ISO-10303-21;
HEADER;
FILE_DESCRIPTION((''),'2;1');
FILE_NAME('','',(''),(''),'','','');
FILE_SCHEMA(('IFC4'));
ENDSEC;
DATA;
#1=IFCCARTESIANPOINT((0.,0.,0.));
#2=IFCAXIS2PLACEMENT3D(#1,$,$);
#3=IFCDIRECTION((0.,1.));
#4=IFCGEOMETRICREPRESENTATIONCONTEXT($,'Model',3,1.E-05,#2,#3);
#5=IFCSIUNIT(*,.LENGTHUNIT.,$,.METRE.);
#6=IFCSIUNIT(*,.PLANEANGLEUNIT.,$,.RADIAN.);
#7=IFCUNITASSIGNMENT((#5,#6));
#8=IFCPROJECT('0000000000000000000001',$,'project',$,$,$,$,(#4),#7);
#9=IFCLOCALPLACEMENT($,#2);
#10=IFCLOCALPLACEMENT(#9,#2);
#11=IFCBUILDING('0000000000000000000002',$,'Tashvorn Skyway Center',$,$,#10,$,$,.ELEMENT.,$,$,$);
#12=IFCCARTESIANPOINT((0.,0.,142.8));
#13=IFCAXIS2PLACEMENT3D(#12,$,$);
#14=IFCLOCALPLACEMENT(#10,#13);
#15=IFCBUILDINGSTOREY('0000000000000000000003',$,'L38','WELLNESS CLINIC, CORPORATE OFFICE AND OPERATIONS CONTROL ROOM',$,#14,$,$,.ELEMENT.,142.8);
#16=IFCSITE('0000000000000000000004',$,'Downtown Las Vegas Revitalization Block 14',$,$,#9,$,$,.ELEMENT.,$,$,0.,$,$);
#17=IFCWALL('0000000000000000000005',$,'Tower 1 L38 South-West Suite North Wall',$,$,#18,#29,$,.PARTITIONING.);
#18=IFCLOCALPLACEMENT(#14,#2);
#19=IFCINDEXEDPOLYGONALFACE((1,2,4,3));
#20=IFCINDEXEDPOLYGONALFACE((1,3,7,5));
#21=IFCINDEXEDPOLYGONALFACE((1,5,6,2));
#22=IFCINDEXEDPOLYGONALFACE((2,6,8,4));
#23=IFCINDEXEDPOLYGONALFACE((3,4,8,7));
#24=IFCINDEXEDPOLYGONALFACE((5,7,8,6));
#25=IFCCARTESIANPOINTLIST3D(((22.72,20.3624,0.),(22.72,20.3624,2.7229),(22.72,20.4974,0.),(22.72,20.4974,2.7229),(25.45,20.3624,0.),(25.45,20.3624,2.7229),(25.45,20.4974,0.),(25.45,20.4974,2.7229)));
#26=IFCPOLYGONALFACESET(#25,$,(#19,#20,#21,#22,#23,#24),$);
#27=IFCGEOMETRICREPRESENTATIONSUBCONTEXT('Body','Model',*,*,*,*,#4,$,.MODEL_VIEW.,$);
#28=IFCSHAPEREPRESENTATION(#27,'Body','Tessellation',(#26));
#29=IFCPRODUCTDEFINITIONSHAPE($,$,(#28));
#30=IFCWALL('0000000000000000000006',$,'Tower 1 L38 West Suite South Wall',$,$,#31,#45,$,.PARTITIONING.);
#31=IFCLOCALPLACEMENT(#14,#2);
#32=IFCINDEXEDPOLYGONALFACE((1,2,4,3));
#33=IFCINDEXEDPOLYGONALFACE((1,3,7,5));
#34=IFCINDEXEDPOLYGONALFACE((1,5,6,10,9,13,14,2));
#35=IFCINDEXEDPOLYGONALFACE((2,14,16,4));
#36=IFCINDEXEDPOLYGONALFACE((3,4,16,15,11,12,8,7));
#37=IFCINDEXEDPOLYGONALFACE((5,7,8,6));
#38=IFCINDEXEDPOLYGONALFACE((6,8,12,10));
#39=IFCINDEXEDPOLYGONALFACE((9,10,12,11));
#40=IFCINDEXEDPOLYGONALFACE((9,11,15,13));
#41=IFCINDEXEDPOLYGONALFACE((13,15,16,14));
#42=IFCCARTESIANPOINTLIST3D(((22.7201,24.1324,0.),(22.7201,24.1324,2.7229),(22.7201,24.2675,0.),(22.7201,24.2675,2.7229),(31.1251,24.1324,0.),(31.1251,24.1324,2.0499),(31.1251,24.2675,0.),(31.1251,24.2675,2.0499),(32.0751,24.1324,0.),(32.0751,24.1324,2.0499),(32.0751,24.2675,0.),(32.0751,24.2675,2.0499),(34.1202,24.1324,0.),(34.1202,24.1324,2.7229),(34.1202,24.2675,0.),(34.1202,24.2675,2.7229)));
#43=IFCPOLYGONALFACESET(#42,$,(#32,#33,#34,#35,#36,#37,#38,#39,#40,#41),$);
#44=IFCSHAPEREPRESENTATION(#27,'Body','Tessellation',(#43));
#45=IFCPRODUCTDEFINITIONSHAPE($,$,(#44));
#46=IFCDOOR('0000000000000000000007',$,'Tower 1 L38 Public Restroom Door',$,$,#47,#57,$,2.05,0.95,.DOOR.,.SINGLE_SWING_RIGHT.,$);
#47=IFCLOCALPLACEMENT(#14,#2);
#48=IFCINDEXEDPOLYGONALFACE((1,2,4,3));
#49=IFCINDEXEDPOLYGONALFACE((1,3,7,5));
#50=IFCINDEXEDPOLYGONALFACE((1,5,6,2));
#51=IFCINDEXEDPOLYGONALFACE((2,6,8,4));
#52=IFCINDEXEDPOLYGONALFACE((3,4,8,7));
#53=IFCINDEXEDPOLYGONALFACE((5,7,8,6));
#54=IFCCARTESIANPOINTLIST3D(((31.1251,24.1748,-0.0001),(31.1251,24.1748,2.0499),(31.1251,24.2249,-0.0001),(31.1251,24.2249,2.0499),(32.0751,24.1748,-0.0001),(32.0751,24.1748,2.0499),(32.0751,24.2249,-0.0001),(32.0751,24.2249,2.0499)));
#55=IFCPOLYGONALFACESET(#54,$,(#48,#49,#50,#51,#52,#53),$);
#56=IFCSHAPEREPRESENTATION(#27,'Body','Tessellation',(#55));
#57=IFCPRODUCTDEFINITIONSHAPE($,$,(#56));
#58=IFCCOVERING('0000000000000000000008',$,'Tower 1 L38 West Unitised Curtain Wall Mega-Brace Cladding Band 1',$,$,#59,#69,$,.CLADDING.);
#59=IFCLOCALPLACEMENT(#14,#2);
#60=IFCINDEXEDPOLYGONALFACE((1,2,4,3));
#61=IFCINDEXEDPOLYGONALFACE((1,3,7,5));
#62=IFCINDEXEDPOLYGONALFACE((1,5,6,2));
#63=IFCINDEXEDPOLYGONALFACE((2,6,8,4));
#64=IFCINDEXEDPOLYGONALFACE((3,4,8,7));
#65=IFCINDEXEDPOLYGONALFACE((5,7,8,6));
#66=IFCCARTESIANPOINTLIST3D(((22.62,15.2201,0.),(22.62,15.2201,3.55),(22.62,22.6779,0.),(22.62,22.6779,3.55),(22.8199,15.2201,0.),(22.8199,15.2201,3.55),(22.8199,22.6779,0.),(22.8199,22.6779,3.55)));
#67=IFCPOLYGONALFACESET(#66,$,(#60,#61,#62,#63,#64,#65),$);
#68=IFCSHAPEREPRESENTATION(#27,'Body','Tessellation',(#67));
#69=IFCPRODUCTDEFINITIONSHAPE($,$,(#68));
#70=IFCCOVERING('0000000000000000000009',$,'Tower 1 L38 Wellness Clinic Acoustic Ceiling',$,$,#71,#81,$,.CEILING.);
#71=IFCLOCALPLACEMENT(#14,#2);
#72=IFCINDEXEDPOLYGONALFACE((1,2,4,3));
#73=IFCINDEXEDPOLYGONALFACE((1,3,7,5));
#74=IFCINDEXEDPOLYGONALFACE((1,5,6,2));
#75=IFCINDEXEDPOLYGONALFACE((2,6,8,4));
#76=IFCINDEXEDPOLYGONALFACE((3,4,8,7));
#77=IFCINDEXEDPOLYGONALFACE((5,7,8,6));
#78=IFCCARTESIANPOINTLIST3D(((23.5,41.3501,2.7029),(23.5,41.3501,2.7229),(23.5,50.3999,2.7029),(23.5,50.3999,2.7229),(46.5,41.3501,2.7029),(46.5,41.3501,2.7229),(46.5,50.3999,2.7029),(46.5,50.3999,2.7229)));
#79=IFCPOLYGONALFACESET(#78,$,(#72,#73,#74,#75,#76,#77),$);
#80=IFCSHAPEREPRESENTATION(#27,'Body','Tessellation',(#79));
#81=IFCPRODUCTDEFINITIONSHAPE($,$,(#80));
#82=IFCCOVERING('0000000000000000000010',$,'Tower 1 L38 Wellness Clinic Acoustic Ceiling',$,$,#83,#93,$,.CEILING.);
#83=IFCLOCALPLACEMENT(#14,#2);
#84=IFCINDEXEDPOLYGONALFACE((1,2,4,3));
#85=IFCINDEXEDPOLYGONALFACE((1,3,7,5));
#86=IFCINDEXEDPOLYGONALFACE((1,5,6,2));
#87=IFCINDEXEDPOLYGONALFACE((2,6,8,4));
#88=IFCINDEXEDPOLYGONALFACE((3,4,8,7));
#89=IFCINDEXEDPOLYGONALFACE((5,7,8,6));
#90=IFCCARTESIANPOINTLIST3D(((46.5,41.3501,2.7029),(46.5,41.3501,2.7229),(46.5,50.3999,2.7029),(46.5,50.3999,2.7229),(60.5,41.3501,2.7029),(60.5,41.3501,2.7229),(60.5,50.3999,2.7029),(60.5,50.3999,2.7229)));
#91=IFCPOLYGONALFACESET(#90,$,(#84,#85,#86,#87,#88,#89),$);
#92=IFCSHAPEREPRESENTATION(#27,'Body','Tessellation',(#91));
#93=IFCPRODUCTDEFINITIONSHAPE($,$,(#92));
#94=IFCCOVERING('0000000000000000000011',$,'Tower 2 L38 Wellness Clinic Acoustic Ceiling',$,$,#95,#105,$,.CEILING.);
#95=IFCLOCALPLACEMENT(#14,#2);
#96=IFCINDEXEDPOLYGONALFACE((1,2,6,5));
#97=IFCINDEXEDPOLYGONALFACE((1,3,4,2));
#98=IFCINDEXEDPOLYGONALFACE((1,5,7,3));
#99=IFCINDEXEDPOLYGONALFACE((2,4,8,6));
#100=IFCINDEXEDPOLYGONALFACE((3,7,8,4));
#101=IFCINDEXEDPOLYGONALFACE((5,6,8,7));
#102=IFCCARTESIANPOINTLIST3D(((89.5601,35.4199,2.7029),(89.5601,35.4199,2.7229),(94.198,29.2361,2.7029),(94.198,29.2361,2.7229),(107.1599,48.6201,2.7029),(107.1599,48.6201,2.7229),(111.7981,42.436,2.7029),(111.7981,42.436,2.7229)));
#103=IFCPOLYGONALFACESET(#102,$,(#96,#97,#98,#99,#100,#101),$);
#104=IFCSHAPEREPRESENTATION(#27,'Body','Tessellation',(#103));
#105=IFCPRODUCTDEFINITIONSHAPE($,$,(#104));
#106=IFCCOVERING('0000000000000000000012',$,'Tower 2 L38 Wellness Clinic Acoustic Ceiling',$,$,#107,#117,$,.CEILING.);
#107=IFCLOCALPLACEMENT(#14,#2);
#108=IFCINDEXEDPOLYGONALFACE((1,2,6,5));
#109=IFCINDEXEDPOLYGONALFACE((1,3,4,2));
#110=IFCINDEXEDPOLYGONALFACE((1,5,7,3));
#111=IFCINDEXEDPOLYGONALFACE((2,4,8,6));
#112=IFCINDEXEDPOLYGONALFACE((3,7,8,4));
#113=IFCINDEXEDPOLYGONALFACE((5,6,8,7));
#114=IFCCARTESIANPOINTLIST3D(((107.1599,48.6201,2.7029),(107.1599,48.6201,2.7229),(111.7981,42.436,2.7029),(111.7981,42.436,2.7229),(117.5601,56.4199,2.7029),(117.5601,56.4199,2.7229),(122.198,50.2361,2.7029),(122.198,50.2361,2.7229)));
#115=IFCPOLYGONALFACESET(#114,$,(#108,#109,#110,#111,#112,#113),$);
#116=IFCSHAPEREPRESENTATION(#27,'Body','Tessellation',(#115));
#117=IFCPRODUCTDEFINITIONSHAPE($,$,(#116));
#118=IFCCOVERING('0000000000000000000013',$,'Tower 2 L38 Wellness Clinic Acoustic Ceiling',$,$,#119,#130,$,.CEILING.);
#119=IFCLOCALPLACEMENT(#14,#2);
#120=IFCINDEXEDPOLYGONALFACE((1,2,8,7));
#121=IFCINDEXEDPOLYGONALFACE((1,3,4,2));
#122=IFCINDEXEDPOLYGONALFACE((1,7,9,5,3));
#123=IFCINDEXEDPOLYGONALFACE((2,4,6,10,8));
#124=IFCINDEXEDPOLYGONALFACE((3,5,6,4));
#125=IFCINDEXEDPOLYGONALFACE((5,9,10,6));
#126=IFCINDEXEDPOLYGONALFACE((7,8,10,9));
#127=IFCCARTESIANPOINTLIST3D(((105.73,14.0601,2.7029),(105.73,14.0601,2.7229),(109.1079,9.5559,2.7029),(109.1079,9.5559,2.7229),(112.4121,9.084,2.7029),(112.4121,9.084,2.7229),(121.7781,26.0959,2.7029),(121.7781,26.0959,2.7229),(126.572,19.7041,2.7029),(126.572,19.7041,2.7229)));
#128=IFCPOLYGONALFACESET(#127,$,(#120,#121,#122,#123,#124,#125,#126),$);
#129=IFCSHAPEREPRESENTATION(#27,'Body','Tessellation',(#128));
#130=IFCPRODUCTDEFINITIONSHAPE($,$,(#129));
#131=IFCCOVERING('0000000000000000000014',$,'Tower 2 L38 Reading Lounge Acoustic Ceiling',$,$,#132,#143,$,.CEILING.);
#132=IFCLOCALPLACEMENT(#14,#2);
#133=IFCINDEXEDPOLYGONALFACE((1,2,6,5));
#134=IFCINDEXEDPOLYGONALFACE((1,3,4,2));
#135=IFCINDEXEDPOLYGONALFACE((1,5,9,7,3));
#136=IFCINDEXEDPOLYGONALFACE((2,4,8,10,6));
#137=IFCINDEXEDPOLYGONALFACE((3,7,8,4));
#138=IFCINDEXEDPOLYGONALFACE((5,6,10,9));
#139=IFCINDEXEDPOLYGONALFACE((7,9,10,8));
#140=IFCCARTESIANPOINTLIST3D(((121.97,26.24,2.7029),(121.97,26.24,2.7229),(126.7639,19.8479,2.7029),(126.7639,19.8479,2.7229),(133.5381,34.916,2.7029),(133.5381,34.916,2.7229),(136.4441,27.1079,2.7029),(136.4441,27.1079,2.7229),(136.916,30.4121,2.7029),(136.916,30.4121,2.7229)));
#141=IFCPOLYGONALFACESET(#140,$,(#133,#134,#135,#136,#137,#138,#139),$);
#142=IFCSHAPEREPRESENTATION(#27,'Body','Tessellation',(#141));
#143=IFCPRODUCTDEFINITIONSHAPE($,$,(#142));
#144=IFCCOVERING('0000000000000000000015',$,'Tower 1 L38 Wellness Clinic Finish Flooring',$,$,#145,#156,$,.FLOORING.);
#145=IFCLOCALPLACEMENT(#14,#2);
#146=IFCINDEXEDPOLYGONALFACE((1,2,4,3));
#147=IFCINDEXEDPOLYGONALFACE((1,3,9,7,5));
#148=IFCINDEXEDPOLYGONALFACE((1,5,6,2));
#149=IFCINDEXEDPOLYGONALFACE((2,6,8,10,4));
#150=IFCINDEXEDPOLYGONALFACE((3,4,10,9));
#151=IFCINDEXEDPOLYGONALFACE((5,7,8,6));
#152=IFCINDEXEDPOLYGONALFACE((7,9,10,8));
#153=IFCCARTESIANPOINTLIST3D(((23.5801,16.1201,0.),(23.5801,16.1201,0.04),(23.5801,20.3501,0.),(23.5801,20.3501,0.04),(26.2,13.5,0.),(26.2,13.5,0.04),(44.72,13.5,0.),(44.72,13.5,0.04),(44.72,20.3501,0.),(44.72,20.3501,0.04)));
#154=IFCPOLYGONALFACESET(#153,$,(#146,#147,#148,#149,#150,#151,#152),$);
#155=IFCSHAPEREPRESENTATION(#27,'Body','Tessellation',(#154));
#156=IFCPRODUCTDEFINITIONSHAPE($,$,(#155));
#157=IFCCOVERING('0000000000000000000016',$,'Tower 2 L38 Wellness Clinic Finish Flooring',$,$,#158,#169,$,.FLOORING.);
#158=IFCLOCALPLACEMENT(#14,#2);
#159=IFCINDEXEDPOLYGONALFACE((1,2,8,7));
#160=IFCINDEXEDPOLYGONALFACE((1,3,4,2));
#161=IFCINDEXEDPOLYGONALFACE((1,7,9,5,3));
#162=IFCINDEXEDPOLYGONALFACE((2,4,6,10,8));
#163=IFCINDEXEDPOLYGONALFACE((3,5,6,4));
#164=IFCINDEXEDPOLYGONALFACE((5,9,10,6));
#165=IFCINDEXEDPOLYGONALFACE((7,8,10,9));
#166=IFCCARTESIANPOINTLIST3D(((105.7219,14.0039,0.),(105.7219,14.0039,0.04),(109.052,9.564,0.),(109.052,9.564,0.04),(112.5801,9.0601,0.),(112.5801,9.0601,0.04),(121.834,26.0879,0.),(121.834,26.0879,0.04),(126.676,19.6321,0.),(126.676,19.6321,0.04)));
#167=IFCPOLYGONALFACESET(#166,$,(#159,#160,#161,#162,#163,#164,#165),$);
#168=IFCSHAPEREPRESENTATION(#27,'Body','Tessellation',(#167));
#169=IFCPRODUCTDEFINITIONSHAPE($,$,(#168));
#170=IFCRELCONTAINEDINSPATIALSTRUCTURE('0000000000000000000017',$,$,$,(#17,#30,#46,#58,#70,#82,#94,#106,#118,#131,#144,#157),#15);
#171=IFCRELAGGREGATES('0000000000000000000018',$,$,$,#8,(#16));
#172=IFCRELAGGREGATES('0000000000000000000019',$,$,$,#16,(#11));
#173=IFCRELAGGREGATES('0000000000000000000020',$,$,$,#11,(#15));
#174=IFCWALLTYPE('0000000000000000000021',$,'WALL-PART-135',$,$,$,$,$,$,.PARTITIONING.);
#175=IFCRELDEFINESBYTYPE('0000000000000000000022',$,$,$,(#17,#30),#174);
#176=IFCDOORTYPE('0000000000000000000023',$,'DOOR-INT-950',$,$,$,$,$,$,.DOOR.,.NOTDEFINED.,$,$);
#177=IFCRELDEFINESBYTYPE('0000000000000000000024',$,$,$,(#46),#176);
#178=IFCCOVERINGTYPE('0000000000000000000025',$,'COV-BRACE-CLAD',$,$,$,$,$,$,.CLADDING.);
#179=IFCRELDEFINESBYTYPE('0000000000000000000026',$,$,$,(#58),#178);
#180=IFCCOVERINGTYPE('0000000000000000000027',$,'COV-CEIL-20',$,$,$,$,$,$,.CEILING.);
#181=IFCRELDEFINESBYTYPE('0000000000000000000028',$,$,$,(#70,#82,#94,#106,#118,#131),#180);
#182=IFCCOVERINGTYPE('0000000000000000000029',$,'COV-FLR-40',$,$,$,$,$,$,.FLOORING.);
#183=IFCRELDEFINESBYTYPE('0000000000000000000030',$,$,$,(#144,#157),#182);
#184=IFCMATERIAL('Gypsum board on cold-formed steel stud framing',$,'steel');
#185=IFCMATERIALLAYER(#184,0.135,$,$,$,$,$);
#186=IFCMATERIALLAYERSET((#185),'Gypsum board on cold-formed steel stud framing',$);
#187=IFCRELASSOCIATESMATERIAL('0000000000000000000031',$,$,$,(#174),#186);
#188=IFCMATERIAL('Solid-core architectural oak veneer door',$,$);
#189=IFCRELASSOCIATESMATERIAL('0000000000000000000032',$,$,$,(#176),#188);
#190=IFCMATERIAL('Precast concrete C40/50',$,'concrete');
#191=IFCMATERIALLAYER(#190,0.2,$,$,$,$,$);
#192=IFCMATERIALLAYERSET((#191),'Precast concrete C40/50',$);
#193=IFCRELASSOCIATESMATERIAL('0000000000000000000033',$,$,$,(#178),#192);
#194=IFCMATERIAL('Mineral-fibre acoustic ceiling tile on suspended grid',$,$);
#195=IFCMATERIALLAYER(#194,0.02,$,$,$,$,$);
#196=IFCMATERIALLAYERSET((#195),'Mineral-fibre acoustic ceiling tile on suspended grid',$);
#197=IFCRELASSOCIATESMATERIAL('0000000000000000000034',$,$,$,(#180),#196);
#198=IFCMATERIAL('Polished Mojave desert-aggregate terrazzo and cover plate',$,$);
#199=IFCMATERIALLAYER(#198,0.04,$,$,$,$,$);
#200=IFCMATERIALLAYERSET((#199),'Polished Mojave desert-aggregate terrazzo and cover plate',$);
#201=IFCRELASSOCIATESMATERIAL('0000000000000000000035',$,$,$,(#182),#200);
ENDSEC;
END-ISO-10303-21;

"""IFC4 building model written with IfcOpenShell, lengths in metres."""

from ifc_helpers import new_model, si_unit, direction, frame, frame_2d, origin, origin_2d, place, context, subcontext, project, spatial, polyline, rectangle, outline, extrude, material, layer, layer_set, type_object, element, fill, save


model = new_model("IFC4")

# Units and contexts
model_context = context("Model", 3, precision=1e-05, world=origin(), true_north=direction((0.0, 1.0)))
body_context = subcontext(model_context, "Body", "Model", "MODEL_VIEW")
ifc_project = project(units=[si_unit("LENGTHUNIT", "METRE"), si_unit("PLANEANGLEUNIT", "RADIAN")], contexts=[model_context])

# Site, building, storey
site_placement = place(None, origin())
site = spatial("IfcSite", under=ifc_project, at=site_placement, Name="Downtown Las Vegas Revitalization Block 14", CompositionType="ELEMENT", RefElevation=0.0)
building_placement = place(site_placement, origin())
building = spatial("IfcBuilding", under=site, at=building_placement, Name="Tashvorn Skyway Center", CompositionType="ELEMENT")
storey_placement = place(building_placement, frame((0.0, 0.0, 142.8)))
storey = spatial("IfcBuildingStorey", under=building, at=storey_placement, Name="L38", Description="WELLNESS CLINIC, CORPORATE OFFICE AND OPERATIONS CONTROL ROOM", CompositionType="ELEMENT", Elevation=142.8)

# Wall
ifc_material_1 = material(Name="Gypsum board on cold-formed steel stud framing", Category="steel")
ifc_layer_1 = layer(ifc_material_1, 0.135)
ifc_layer_set_1 = layer_set([ifc_layer_1], Name="Gypsum board on cold-formed steel stud framing")
wall_type = type_object("IfcWallType", Name="WALL-PART-135", PredefinedType="PARTITIONING", material=ifc_layer_set_1)
wall_1_placement = place(storey_placement, frame((22.72, 20.4299, 0.0), z_axis=(0.0, 0.0, 1.0), x_axis=(1.0, 0.0, 0.0)))
element("IfcWall", 1, at=wall_1_placement, inside=storey, type_object=wall_type, Name="Tower 1 L38 South-West Suite North Wall", PredefinedType="PARTITIONING", context=body_context, shape_type="SweptSolid", body=[
    extrude(rectangle(XDim=2.73, YDim=0.135, at=frame_2d((1.365, 0.0))), origin(), (0.0, 0.0, 1.0), 2.7229),
])

# Wall, opening, door
wall_2_placement = place(storey_placement, frame((22.72, 24.2, 0.0), z_axis=(0.0, 0.0, 1.0), x_axis=(1.0, 0.0, 0.0)))
wall_2 = element("IfcWall", 2, at=wall_2_placement, inside=storey, type_object=wall_type, Name="Tower 1 L38 West Suite South Wall", PredefinedType="PARTITIONING", context=body_context, shape_type="SweptSolid", body=[
    extrude(rectangle(XDim=11.4001, YDim=0.135, at=frame_2d((5.7002, 0.0))), origin(), (0.0, 0.0, 1.0), 2.7229),
])
opening_placement = place(wall_2_placement, frame((8.405, 0.0, 0.0)))
opening = element("IfcOpeningElement", 3, at=opening_placement, cuts=wall_2, PredefinedType="OPENING", context=body_context, shape_type="SweptSolid", body=[
    extrude(rectangle(XDim=0.95, YDim=2.05, at=frame_2d((0.4751, 1.0249))), frame((0.0, 0.0774, 0.0), z_axis=(0.0, -1.0, 0.0), x_axis=(1.0, 0.0, 0.0)), (0.0, 0.0, 1.0), 0.155),
])
ifc_material_2 = material(Name="Solid-core architectural oak veneer door")
door_type = type_object("IfcDoorType", Name="DOOR-INT-950", OperationType="NOTDEFINED", PredefinedType="DOOR", material=ifc_material_2)
door_placement = place(opening_placement, origin())
door = element("IfcDoor", 4, at=door_placement, inside=storey, type_object=door_type, Name="Tower 1 L38 Public Restroom Door", OperationType="SINGLE_SWING_RIGHT", OverallHeight=2.05, OverallWidth=0.95, PredefinedType="DOOR", context=body_context, shape_type="SweptSolid", body=[
    extrude(rectangle(XDim=0.95, YDim=2.05, at=frame_2d((0.4751, 1.0249))), frame((0.0, 0.0249, 0.0), z_axis=(0.0, -1.0, 0.0), x_axis=(1.0, 0.0, 0.0)), (0.0, 0.0, 1.0), 0.05),
])
fill(opening, door)

# Coverings
ifc_material_3 = material(Name="Precast concrete C40/50", Category="concrete")
ifc_layer_2 = layer(ifc_material_3, 0.2)
ifc_layer_set_2 = layer_set([ifc_layer_2], Name="Precast concrete C40/50")
covering_type_1 = type_object("IfcCoveringType", Name="COV-BRACE-CLAD", PredefinedType="CLADDING", material=ifc_layer_set_2)
covering_1_placement = place(storey_placement, frame((22.72, 18.949, 0.0), z_axis=(0.0, 0.0, 1.0), x_axis=(0.0, 1.0, 0.0)))
element("IfcCovering", 5, at=covering_1_placement, inside=storey, type_object=covering_type_1, Name="Tower 1 L38 West Unitised Curtain Wall Mega-Brace Cladding Band 1", PredefinedType="CLADDING", context=body_context, shape_type="SweptSolid", body=[
    extrude(rectangle(XDim=7.4578, YDim=0.2, at=origin_2d()), origin(), (0.0, 0.0, 1.0), 3.55),
])
ifc_material_4 = material(Name="Mineral-fibre acoustic ceiling tile on suspended grid")
ifc_layer_3 = layer(ifc_material_4, 0.02)
ifc_layer_set_3 = layer_set([ifc_layer_3], Name="Mineral-fibre acoustic ceiling tile on suspended grid")
covering_type_2 = type_object("IfcCoveringType", Name="COV-CEIL-20", PredefinedType="CEILING", material=ifc_layer_set_3)
covering_2_placement = place(storey_placement, frame((0.0, 0.0, 2.7029)))
element("IfcCovering", 6, at=covering_2_placement, inside=storey, type_object=covering_type_2, Name="Tower 1 L38 Wellness Clinic Acoustic Ceiling", PredefinedType="CEILING", context=body_context, shape_type="SweptSolid", body=[
    extrude(outline(polyline([(23.5, 41.3501), (46.5, 41.3501), (46.5, 50.3999), (23.5, 50.3999), (23.5, 41.3501)])), origin(), (0.0, 0.0, 1.0), 0.02),
])
covering_3_placement = place(storey_placement, frame((0.0, 0.0, 2.7029)))
element("IfcCovering", 7, at=covering_3_placement, inside=storey, type_object=covering_type_2, Name="Tower 1 L38 Wellness Clinic Acoustic Ceiling", PredefinedType="CEILING", context=body_context, shape_type="SweptSolid", body=[
    extrude(outline(polyline([(46.5, 41.3501), (60.5, 41.3501), (60.5, 50.3999), (46.5, 50.3999), (46.5, 41.3501)])), origin(), (0.0, 0.0, 1.0), 0.02),
])
covering_4_placement = place(storey_placement, frame((0.0, 0.0, 2.7029)))
element("IfcCovering", 8, at=covering_4_placement, inside=storey, type_object=covering_type_2, Name="Tower 2 L38 Wellness Clinic Acoustic Ceiling", PredefinedType="CEILING", context=body_context, shape_type="SweptSolid", body=[
    extrude(outline(polyline([(94.198, 29.2361), (111.7981, 42.436), (107.1599, 48.6201), (89.5601, 35.4199), (94.198, 29.2361)])), origin(), (0.0, 0.0, 1.0), 0.02),
])
covering_5_placement = place(storey_placement, frame((0.0, 0.0, 2.7029)))
element("IfcCovering", 9, at=covering_5_placement, inside=storey, type_object=covering_type_2, Name="Tower 2 L38 Wellness Clinic Acoustic Ceiling", PredefinedType="CEILING", context=body_context, shape_type="SweptSolid", body=[
    extrude(outline(polyline([(111.7981, 42.436), (122.198, 50.2361), (117.5601, 56.4199), (107.1599, 48.6201), (111.7981, 42.436)])), origin(), (0.0, 0.0, 1.0), 0.02),
])
covering_6_placement = place(storey_placement, frame((0.0, 0.0, 2.7029)))
element("IfcCovering", 10, at=covering_6_placement, inside=storey, type_object=covering_type_2, Name="Tower 2 L38 Wellness Clinic Acoustic Ceiling", PredefinedType="CEILING", context=body_context, shape_type="SweptSolid", body=[
    extrude(outline(polyline([(105.73, 14.0601), (121.7781, 26.0959), (126.572, 19.7041), (112.4121, 9.084), (109.1079, 9.5559), (105.73, 14.0601)])), origin(), (0.0, 0.0, 1.0), 0.02),
])
covering_7_placement = place(storey_placement, frame((0.0, 0.0, 2.7029)))
element("IfcCovering", 11, at=covering_7_placement, inside=storey, type_object=covering_type_2, Name="Tower 2 L38 Reading Lounge Acoustic Ceiling", PredefinedType="CEILING", context=body_context, shape_type="SweptSolid", body=[
    extrude(outline(polyline([(126.7639, 19.8479), (121.97, 26.24), (133.5381, 34.916), (136.916, 30.4121), (136.4441, 27.1079), (126.7639, 19.8479)])), origin(), (0.0, 0.0, 1.0), 0.02),
])
ifc_material_5 = material(Name="Polished Mojave desert-aggregate terrazzo and cover plate")
ifc_layer_4 = layer(ifc_material_5, 0.04)
ifc_layer_set_4 = layer_set([ifc_layer_4], Name="Polished Mojave desert-aggregate terrazzo and cover plate")
covering_type_3 = type_object("IfcCoveringType", Name="COV-FLR-40", PredefinedType="FLOORING", material=ifc_layer_set_4)
covering_8_placement = place(storey_placement, origin())
element("IfcCovering", 12, at=covering_8_placement, inside=storey, type_object=covering_type_3, Name="Tower 1 L38 Wellness Clinic Finish Flooring", PredefinedType="FLOORING", context=body_context, shape_type="SweptSolid", body=[
    extrude(outline(polyline([(26.2, 13.5), (23.5801, 16.1201), (23.5801, 20.3501), (44.72, 20.3501), (44.72, 13.5), (26.2, 13.5)])), origin(), (0.0, 0.0, 1.0), 0.04),
])
covering_9_placement = place(storey_placement, origin())
element("IfcCovering", 13, at=covering_9_placement, inside=storey, type_object=covering_type_3, Name="Tower 2 L38 Wellness Clinic Finish Flooring", PredefinedType="FLOORING", context=body_context, shape_type="SweptSolid", body=[
    extrude(outline(polyline([(112.5801, 9.0601), (109.052, 9.564), (105.7219, 14.0039), (121.834, 26.0879), (126.676, 19.6321), (112.5801, 9.0601)])), origin(), (0.0, 0.0, 1.0), 0.04),
])

save(model, "model.ifc")
